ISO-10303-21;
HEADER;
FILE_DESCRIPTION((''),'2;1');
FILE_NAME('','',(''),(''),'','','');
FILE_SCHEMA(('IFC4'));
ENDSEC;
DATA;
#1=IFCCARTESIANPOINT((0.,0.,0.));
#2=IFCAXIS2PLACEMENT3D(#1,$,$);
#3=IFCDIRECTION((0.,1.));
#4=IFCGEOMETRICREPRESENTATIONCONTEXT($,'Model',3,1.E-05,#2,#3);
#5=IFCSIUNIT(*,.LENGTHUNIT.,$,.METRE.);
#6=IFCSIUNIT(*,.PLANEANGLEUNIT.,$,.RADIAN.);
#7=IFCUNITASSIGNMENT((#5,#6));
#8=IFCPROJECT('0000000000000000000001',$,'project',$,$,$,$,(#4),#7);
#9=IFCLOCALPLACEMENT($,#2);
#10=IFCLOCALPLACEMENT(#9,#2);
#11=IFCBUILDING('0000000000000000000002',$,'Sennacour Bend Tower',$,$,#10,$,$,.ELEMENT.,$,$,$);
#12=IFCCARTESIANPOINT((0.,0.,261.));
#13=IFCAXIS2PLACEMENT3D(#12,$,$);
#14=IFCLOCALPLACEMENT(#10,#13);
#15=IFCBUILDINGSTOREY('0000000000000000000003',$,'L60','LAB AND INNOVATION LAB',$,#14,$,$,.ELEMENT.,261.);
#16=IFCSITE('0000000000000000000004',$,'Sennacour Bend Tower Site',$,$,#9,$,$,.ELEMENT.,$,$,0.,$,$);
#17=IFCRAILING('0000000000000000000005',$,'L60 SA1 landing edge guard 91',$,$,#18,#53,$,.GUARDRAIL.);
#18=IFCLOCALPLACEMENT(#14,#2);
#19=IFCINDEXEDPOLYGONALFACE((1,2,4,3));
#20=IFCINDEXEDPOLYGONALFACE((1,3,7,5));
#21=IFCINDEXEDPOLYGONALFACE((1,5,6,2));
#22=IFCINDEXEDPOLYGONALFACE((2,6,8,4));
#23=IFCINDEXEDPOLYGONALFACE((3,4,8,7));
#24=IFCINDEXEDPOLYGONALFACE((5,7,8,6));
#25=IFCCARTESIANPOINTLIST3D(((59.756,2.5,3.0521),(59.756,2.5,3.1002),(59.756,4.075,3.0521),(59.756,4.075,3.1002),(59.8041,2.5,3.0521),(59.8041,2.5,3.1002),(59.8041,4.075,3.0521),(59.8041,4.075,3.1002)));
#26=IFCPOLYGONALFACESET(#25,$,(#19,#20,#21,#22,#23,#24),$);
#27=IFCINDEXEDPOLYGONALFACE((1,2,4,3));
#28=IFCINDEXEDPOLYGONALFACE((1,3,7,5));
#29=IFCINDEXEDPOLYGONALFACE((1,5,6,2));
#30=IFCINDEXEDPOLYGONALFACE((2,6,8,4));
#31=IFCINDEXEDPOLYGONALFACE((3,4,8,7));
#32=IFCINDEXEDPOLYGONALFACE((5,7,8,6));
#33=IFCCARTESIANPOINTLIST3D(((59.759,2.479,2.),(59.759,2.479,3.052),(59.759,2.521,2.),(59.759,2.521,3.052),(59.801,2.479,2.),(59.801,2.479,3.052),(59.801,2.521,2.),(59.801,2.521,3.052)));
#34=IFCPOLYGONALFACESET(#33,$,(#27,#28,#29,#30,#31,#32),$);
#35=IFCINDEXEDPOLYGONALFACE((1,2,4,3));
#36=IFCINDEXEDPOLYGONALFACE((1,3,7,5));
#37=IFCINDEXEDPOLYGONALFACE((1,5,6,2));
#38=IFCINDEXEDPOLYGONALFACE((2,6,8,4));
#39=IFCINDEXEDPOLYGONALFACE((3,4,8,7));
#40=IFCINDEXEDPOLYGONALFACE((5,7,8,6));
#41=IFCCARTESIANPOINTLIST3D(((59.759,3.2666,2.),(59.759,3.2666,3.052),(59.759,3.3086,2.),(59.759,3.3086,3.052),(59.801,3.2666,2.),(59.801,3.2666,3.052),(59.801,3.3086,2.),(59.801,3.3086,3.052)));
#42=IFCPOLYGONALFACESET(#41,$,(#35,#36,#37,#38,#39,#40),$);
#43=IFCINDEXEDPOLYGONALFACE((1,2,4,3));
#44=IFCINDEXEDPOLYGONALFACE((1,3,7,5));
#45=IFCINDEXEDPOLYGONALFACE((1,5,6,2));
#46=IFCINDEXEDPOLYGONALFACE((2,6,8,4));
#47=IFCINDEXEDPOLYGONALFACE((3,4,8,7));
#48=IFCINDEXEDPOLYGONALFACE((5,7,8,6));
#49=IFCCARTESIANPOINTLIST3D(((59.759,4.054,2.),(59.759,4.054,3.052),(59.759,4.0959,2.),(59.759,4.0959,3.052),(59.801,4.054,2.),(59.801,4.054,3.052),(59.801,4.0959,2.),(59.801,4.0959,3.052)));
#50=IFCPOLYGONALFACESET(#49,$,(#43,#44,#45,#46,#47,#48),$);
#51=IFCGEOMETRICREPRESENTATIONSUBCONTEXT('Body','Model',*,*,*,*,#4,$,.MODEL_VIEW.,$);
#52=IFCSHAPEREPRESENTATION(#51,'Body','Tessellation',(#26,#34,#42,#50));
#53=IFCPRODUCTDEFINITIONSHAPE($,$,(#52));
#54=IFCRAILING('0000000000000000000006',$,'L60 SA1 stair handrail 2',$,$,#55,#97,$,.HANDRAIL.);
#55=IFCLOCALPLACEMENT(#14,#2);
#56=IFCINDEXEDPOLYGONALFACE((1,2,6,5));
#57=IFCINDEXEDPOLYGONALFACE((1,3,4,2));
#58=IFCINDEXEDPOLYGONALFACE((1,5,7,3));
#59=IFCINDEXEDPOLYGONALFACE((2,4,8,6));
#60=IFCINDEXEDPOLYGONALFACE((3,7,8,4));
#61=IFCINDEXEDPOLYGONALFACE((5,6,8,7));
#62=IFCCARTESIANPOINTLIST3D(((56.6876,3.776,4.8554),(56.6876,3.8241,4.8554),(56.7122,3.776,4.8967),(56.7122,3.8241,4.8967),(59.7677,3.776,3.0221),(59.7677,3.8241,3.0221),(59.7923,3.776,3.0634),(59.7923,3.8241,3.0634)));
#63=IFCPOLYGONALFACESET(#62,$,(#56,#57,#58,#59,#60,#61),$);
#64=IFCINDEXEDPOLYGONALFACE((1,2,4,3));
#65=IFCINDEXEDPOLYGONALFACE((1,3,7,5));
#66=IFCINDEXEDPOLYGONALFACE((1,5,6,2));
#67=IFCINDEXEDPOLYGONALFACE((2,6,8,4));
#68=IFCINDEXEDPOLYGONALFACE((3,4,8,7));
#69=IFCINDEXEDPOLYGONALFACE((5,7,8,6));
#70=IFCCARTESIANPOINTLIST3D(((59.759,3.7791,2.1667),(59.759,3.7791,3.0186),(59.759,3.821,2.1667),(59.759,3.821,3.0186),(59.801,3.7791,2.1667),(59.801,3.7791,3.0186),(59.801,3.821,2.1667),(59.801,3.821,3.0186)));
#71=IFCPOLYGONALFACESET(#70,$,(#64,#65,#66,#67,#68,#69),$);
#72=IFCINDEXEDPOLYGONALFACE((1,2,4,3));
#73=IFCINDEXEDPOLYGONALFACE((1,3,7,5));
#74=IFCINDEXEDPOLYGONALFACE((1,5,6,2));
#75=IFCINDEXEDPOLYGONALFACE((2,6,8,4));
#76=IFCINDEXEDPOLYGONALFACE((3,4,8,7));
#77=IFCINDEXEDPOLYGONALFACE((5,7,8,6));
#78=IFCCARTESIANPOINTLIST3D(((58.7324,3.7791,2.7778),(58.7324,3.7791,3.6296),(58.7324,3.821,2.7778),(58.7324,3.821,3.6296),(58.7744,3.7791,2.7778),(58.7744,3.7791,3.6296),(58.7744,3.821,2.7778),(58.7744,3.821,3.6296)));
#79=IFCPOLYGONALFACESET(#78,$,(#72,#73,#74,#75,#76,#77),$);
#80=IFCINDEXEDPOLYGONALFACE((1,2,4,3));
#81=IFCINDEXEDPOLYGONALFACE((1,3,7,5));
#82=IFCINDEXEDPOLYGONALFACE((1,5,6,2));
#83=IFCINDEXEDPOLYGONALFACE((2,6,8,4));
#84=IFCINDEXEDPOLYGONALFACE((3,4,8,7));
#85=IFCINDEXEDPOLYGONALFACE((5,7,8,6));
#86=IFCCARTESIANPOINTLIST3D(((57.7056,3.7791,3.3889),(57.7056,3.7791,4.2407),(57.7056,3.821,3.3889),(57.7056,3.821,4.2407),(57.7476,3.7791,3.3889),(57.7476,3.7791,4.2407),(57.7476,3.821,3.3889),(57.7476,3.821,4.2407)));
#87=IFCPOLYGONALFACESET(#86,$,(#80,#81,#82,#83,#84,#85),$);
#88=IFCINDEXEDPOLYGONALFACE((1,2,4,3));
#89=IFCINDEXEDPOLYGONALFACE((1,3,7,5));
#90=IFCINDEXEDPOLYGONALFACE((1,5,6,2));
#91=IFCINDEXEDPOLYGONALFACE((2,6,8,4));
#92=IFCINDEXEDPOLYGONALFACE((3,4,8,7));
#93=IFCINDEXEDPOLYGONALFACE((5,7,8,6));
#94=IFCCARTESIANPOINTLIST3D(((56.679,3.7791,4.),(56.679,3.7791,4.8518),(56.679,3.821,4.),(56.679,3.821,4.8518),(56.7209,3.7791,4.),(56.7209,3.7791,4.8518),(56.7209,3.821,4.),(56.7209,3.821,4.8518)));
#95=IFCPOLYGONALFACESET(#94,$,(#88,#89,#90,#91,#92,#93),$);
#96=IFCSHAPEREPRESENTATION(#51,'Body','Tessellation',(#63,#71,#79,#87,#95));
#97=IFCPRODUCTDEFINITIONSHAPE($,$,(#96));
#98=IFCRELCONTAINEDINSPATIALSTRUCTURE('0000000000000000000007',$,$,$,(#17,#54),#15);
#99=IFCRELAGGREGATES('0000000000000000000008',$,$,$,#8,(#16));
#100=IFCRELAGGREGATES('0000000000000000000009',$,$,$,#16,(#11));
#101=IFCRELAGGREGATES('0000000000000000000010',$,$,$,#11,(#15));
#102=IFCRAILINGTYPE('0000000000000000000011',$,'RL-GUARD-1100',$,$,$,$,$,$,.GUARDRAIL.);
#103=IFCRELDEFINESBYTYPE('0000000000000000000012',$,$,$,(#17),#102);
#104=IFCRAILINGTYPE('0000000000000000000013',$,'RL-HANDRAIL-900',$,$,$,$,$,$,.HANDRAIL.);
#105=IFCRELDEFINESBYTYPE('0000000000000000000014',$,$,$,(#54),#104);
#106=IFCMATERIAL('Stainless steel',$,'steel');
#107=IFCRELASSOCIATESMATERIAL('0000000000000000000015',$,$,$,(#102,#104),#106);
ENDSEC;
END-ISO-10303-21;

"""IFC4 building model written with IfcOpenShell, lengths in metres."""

from ifc_helpers import new_model, si_unit, direction, frame, origin, origin_2d, place, context, subcontext, project, spatial, rectangle, extrude, material, type_object, element, save


model = new_model("IFC4")

# Units and contexts
model_context = context("Model", 3, precision=1e-05, world=origin(), true_north=direction((0.0, 1.0)))
body_context = subcontext(model_context, "Body", "Model", "MODEL_VIEW")
ifc_project = project(units=[si_unit("LENGTHUNIT", "METRE"), si_unit("PLANEANGLEUNIT", "RADIAN")], contexts=[model_context])

# Site, building, storey
site_placement = place(None, origin())
site = spatial("IfcSite", under=ifc_project, at=site_placement, Name="Sennacour Bend Tower Site", CompositionType="ELEMENT", RefElevation=0.0)
building_placement = place(site_placement, origin())
building = spatial("IfcBuilding", under=site, at=building_placement, Name="Sennacour Bend Tower", CompositionType="ELEMENT")
storey_placement = place(building_placement, frame((0.0, 0.0, 261.0)))
storey = spatial("IfcBuildingStorey", under=building, at=storey_placement, Name="L60", Description="LAB AND INNOVATION LAB", CompositionType="ELEMENT", Elevation=261.0)

# Railings
ifc_material_1 = material(Name="Stainless steel", Category="steel")
railing_type_1 = type_object("IfcRailingType", Name="RL-GUARD-1100", PredefinedType="GUARDRAIL", material=ifc_material_1)
railing_1_placement = place(storey_placement, frame((59.78, 2.5, 2.0)))
element("IfcRailing", 1, at=railing_1_placement, inside=storey, type_object=railing_type_1, Name="L60 SA1 landing edge guard 91", PredefinedType="GUARDRAIL", context=body_context, shape_type="SweptSolid", body=[
    extrude(rectangle(XDim=0.0481, YDim=0.0481, at=origin_2d()), frame((0.0, 0.0, 1.0762), z_axis=(0.0, 1.0, 0.0), x_axis=(-1.0, 0.0, 0.0)), (0.0, 0.0, 1.0), 1.575),
    extrude(rectangle(XDim=0.042, YDim=0.042, at=origin_2d()), origin(), (0.0, 0.0, 1.0), 1.052),
    extrude(rectangle(XDim=0.042, YDim=0.042, at=origin_2d()), frame((0.0, 0.7876, 0.0)), (0.0, 0.0, 1.0), 1.052),
    extrude(rectangle(XDim=0.042, YDim=0.042, at=origin_2d()), frame((0.0, 1.575, 0.0)), (0.0, 0.0, 1.0), 1.052),
])
railing_type_2 = type_object("IfcRailingType", Name="RL-HANDRAIL-900", PredefinedType="HANDRAIL", material=ifc_material_1)
railing_2_placement = place(storey_placement, frame((59.78, 3.8, 2.1667)))
element("IfcRailing", 2, at=railing_2_placement, inside=storey, type_object=railing_type_2, Name="L60 SA1 stair handrail 2", PredefinedType="HANDRAIL", context=body_context, shape_type="SweptSolid", body=[
    extrude(rectangle(XDim=0.0481, YDim=0.0481, at=origin_2d()), frame((0.0, 0.0, 0.876), z_axis=(-0.859309, 0.0, 0.511458), x_axis=(0.0, -1.0, 0.0)), (0.0, 0.0, 1.0), 3.5845),
    extrude(rectangle(XDim=0.042, YDim=0.042, at=origin_2d()), origin(), (0.0, 0.0, 1.0), 0.8518),
    extrude(rectangle(XDim=0.042, YDim=0.042, at=origin_2d()), frame((-1.0266, 0.0, 0.6111)), (0.0, 0.0, 1.0), 0.8518),
    extrude(rectangle(XDim=0.042, YDim=0.042, at=origin_2d()), frame((-2.0535, 0.0, 1.2222)), (0.0, 0.0, 1.0), 0.8518),
    extrude(rectangle(XDim=0.042, YDim=0.042, at=origin_2d()), frame((-3.0801, 0.0, 1.8333)), (0.0, 0.0, 1.0), 0.8518),
])

save(model, "model.ifc")
